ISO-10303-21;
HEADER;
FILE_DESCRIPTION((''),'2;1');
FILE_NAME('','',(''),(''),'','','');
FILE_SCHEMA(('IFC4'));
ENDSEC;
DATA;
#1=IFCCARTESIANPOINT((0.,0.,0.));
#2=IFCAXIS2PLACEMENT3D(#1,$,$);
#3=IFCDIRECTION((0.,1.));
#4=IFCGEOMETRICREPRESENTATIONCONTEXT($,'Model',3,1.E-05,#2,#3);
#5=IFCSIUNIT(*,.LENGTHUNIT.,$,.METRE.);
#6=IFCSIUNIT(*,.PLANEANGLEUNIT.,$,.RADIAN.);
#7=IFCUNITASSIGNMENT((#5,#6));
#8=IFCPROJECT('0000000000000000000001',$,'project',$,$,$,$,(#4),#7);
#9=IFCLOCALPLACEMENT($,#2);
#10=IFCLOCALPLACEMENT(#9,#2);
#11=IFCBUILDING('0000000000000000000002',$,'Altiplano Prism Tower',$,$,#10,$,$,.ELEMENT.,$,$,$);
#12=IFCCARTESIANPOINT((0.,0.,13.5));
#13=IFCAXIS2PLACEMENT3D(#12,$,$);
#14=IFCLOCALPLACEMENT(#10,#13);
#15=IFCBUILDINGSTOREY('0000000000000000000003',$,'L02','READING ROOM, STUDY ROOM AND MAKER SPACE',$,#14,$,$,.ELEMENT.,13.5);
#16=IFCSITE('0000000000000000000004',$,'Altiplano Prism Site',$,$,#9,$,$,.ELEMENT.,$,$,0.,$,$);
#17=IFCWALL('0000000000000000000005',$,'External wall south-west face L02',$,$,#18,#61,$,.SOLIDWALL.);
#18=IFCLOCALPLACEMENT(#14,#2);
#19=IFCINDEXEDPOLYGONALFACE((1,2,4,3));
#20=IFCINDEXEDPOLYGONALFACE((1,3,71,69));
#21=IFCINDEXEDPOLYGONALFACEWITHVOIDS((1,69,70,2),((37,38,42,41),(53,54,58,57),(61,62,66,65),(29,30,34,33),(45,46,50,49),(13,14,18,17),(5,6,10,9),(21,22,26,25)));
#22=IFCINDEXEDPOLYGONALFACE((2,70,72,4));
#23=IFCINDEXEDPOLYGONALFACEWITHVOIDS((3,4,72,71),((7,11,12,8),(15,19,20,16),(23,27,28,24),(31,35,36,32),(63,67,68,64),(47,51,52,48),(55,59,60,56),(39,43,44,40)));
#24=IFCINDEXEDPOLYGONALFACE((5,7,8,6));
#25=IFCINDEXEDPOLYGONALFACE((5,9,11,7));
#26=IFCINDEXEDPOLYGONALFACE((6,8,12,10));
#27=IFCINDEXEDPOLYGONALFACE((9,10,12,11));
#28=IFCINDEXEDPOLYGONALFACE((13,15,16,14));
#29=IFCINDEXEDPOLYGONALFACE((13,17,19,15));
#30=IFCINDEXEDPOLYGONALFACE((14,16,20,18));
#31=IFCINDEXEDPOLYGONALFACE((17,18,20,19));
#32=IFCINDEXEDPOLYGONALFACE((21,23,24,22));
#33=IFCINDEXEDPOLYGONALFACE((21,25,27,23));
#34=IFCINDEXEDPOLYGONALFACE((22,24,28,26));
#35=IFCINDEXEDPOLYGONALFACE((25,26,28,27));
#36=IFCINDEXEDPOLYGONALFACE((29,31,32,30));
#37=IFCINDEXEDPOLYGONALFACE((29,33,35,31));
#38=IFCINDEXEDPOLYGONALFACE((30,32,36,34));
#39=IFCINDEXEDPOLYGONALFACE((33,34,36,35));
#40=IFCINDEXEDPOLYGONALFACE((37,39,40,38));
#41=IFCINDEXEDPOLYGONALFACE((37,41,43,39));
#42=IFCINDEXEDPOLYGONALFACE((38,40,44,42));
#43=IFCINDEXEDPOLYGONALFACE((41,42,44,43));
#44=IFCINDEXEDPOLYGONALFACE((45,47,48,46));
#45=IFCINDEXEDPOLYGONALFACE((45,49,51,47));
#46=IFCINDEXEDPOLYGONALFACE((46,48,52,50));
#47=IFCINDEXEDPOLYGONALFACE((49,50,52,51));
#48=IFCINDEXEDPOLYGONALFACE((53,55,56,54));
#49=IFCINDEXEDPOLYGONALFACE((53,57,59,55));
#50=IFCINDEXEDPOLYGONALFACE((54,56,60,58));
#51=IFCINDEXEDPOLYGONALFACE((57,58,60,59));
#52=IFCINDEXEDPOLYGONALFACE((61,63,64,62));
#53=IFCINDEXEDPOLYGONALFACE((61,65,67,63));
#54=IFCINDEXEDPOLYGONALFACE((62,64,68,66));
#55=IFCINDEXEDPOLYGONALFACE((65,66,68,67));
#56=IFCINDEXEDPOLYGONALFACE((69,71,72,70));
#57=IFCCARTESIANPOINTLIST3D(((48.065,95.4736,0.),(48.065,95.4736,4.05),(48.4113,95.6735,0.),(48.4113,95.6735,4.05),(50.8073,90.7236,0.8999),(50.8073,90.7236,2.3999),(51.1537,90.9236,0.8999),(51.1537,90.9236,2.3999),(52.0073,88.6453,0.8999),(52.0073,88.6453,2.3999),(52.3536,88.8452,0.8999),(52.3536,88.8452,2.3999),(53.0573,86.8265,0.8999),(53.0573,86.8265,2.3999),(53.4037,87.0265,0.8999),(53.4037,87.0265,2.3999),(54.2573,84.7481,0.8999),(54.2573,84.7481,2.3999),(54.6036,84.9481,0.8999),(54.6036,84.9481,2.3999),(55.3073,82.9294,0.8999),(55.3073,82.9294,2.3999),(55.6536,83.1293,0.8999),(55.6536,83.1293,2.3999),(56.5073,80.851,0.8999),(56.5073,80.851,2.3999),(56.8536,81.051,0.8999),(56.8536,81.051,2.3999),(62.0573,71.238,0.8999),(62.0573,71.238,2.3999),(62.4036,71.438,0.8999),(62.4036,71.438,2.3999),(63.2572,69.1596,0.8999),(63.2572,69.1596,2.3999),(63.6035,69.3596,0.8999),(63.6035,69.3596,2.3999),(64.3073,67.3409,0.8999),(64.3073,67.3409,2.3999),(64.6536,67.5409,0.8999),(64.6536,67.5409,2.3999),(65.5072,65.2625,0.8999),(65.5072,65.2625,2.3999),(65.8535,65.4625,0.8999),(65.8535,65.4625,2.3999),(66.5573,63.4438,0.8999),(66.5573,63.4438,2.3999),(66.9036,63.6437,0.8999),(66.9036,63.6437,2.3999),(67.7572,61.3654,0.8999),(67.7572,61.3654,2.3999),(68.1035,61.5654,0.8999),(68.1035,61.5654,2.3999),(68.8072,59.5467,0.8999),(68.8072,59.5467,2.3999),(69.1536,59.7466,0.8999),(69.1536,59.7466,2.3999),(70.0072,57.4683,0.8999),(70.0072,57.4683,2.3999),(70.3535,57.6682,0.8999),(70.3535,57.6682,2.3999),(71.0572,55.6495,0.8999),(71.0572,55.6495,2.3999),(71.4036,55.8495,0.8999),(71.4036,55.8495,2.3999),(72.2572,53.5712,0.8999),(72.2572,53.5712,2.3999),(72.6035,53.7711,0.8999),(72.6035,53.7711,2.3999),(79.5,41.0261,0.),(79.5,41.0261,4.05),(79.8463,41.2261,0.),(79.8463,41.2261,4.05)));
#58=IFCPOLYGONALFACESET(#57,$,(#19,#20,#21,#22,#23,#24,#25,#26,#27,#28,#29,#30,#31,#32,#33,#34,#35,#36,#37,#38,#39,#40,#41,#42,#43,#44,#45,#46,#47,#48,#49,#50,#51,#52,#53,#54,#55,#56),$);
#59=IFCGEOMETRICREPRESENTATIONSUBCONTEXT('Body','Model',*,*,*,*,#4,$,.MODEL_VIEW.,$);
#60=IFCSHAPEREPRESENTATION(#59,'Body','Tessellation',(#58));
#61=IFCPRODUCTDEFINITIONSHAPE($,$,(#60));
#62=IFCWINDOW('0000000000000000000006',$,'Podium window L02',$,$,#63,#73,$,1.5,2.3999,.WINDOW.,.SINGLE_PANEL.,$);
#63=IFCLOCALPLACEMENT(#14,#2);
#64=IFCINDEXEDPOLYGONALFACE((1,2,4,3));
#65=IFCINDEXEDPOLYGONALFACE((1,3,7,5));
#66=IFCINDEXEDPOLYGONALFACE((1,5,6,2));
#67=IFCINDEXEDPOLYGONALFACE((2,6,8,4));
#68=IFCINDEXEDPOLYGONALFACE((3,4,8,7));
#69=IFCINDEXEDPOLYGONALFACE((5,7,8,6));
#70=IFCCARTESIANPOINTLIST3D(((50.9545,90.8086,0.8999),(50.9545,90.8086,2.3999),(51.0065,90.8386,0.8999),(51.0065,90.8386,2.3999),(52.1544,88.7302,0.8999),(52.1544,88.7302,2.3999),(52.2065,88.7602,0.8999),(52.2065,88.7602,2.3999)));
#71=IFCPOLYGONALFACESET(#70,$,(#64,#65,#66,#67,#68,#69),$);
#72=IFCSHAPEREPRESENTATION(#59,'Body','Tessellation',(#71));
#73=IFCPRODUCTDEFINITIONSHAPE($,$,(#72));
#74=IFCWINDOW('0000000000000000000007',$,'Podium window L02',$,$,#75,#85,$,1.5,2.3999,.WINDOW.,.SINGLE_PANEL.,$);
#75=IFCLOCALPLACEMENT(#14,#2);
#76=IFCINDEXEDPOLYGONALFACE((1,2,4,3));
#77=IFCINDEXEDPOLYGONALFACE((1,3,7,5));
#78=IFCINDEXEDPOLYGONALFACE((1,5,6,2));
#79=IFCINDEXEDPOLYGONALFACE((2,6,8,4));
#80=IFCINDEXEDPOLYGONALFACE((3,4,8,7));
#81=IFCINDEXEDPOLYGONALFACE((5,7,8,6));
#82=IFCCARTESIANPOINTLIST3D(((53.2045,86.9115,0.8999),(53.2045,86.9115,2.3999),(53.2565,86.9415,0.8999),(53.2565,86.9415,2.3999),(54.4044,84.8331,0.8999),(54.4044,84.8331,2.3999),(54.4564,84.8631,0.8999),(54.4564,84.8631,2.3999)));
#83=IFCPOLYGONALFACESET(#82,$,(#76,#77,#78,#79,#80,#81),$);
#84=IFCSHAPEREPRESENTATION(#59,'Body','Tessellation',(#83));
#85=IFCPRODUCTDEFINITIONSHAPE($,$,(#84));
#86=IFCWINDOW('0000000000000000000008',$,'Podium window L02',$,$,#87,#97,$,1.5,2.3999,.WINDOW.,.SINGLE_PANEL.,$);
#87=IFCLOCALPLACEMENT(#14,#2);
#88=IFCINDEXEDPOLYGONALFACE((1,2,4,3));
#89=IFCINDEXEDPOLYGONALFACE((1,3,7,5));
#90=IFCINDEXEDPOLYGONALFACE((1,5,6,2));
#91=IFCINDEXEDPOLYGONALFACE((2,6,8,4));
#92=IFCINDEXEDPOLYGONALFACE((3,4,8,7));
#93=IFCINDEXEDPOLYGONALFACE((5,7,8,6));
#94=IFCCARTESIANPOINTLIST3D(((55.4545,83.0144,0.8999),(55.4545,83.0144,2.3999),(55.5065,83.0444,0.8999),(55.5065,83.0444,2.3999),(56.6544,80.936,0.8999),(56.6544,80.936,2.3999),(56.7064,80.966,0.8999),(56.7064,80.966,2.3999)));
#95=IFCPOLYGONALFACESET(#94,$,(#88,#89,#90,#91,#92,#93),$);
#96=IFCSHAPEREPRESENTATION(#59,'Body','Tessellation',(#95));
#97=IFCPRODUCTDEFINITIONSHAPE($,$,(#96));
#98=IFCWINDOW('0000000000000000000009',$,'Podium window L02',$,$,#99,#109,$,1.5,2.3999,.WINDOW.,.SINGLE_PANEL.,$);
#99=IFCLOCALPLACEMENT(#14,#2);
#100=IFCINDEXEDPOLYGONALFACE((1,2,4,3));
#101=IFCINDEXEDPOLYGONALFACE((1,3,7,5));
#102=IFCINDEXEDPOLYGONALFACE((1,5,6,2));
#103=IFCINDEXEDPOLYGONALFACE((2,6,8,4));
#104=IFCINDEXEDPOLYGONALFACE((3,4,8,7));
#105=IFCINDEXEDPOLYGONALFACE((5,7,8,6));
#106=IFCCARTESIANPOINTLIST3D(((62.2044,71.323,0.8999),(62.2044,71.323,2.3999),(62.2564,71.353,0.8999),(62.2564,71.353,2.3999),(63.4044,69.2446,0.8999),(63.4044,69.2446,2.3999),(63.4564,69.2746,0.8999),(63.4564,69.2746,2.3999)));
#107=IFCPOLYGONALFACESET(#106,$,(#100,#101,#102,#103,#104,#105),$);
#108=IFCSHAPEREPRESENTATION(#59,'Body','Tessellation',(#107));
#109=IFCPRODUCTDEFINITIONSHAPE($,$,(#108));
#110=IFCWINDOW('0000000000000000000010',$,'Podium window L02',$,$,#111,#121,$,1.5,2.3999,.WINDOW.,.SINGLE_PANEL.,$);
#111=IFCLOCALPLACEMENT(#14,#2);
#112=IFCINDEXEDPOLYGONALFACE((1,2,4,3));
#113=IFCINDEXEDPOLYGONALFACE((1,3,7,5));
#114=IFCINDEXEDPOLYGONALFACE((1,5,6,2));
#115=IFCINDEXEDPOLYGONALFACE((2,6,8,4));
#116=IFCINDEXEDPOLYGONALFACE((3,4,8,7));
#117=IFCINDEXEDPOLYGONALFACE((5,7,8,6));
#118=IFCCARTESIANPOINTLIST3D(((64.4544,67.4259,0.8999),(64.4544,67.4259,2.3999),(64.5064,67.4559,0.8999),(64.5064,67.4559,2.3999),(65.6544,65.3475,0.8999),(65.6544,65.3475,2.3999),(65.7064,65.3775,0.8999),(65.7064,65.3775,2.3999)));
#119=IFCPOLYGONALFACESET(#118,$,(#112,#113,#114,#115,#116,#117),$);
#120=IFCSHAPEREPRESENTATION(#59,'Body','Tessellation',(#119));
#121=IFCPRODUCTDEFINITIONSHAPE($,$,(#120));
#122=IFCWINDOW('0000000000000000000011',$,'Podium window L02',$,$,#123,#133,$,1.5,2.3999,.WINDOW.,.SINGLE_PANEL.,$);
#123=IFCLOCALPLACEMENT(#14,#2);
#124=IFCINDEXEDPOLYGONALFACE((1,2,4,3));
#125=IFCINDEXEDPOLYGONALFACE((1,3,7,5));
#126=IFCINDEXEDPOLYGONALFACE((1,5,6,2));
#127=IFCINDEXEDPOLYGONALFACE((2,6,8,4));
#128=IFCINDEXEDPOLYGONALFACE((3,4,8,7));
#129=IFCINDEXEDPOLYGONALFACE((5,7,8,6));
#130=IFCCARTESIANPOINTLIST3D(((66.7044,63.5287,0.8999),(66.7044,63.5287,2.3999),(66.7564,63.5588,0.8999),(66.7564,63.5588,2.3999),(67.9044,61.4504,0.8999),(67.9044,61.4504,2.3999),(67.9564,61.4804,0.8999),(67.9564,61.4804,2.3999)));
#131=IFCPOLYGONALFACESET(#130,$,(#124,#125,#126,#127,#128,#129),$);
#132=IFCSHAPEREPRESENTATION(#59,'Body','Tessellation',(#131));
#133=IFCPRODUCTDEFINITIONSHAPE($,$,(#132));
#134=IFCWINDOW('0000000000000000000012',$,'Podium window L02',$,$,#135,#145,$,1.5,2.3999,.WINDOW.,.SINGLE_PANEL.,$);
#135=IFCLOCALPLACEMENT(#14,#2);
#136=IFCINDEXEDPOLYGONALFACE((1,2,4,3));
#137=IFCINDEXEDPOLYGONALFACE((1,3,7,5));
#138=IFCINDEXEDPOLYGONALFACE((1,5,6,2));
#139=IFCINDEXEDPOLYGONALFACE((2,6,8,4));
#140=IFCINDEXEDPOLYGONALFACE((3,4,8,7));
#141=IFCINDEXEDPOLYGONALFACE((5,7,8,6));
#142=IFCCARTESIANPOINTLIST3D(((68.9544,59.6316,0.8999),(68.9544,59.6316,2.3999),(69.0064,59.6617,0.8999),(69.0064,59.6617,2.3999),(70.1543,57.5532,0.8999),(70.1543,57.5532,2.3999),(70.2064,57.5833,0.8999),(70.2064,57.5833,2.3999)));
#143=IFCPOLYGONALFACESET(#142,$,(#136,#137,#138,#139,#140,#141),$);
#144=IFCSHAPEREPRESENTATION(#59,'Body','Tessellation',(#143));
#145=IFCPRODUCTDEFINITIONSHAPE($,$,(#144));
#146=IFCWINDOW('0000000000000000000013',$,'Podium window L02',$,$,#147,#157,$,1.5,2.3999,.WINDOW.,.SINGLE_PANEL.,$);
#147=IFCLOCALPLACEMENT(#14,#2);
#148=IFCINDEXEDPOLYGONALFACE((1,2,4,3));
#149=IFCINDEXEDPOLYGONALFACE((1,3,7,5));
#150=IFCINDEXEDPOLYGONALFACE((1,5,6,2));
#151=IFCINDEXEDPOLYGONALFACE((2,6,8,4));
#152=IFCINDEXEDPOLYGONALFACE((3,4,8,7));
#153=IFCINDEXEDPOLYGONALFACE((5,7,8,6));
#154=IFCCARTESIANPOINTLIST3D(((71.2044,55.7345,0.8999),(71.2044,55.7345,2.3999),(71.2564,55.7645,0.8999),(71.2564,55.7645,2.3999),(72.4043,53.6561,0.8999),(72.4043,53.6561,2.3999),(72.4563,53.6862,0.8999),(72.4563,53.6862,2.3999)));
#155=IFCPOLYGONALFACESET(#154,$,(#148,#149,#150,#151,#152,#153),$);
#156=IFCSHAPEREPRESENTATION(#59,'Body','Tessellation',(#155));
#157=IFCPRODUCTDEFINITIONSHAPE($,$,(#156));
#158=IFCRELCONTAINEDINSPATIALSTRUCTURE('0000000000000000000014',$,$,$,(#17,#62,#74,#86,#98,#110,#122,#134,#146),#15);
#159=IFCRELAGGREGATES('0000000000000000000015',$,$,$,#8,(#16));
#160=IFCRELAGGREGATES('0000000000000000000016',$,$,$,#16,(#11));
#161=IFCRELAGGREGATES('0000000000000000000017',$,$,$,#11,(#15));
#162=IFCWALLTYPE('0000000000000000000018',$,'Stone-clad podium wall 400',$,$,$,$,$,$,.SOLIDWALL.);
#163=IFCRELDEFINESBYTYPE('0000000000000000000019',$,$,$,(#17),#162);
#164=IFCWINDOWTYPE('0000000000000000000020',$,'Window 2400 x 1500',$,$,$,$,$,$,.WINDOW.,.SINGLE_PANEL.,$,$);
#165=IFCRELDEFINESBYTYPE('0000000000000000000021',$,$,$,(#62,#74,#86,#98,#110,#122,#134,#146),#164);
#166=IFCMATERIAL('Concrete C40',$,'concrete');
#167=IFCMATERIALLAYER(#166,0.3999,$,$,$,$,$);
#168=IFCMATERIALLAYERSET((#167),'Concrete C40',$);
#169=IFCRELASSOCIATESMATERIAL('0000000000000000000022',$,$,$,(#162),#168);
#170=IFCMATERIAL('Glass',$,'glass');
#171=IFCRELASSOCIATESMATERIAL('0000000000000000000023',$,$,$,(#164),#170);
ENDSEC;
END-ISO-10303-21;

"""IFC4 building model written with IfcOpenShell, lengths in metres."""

from ifc_helpers import new_model, si_unit, direction, frame, frame_2d, origin, place, context, subcontext, project, spatial, rectangle, extrude, material, layer, layer_set, type_object, element, fill, save


model = new_model("IFC4")

# Units and contexts
model_context = context("Model", 3, precision=1e-05, world=origin(), true_north=direction((0.0, 1.0)))
body_context = subcontext(model_context, "Body", "Model", "MODEL_VIEW")
ifc_project = project(units=[si_unit("LENGTHUNIT", "METRE"), si_unit("PLANEANGLEUNIT", "RADIAN")], contexts=[model_context])

# Site, building, storey
site_placement = place(None, origin())
site = spatial("IfcSite", under=ifc_project, at=site_placement, Name="Altiplano Prism Site", CompositionType="ELEMENT", RefElevation=0.0)
building_placement = place(site_placement, origin())
building = spatial("IfcBuilding", under=site, at=building_placement, Name="Altiplano Prism Tower", CompositionType="ELEMENT")
storey_placement = place(building_placement, frame((0.0, 0.0, 13.5)))
storey = spatial("IfcBuildingStorey", under=building, at=storey_placement, Name="L02", Description="READING ROOM, STUDY ROOM AND MAKER SPACE", CompositionType="ELEMENT", Elevation=13.5)

# Wall, openings, windows
ifc_material_1 = material(Name="Concrete C40", Category="concrete")
ifc_layer_1 = layer(ifc_material_1, 0.3999)
ifc_layer_set_1 = layer_set([ifc_layer_1], Name="Concrete C40")
wall_type_1 = type_object("IfcWallType", Name="Stone-clad podium wall 400", PredefinedType="SOLIDWALL", material=ifc_layer_set_1)
wall_1_placement = place(storey_placement, frame((79.6731, 41.1262, 0.0), z_axis=(0.0, 0.0, 1.0), x_axis=(-0.499997, 0.866027, 0.0)))
wall_1 = element("IfcWall", 1, at=wall_1_placement, inside=storey, type_object=wall_type_1, Name="External wall south-west face L02", PredefinedType="SOLIDWALL", context=body_context, shape_type="SweptSolid", body=[
    extrude(rectangle(XDim=62.8704, YDim=0.3999, at=frame_2d((31.4351, 0.0))), origin(), (0.0, 0.0, 1.0), 4.05),
])
opening_1_placement = place(wall_1_placement, frame((54.9856, 0.0, 0.8999)))
opening_1 = element("IfcOpeningElement", 2, at=opening_1_placement, cuts=wall_1, PredefinedType="OPENING", context=body_context, shape_type="SweptSolid", body=[
    extrude(rectangle(XDim=2.3999, YDim=1.5, at=frame_2d((1.2, 0.75))), frame((0.0, 0.2104, 0.0), z_axis=(0.0, -1.0, 0.0), x_axis=(1.0, 0.0, 0.0)), (0.0, 0.0, 1.0), 0.4209),
])
opening_2_placement = place(wall_1_placement, frame((50.4856, 0.0, 0.8999)))
opening_2 = element("IfcOpeningElement", 3, at=opening_2_placement, cuts=wall_1, PredefinedType="OPENING", context=body_context, shape_type="SweptSolid", body=[
    extrude(rectangle(XDim=2.3999, YDim=1.5, at=frame_2d((1.2, 0.75))), frame((0.0, 0.2104, 0.0), z_axis=(0.0, -1.0, 0.0), x_axis=(1.0, 0.0, 0.0)), (0.0, 0.0, 1.0), 0.4209),
])
opening_3_placement = place(wall_1_placement, frame((45.9856, 0.0, 0.8999)))
opening_3 = element("IfcOpeningElement", 4, at=opening_3_placement, cuts=wall_1, PredefinedType="OPENING", context=body_context, shape_type="SweptSolid", body=[
    extrude(rectangle(XDim=2.3999, YDim=1.5, at=frame_2d((1.2, 0.75))), frame((0.0, 0.2104, 0.0), z_axis=(0.0, -1.0, 0.0), x_axis=(1.0, 0.0, 0.0)), (0.0, 0.0, 1.0), 0.4209),
])
opening_4_placement = place(wall_1_placement, frame((32.4856, 0.0, 0.8999)))
opening_4 = element("IfcOpeningElement", 5, at=opening_4_placement, cuts=wall_1, PredefinedType="OPENING", context=body_context, shape_type="SweptSolid", body=[
    extrude(rectangle(XDim=2.3999, YDim=1.5, at=frame_2d((1.2, 0.75))), frame((0.0, 0.2104, 0.0), z_axis=(0.0, -1.0, 0.0), x_axis=(1.0, 0.0, 0.0)), (0.0, 0.0, 1.0), 0.4209),
])
opening_5_placement = place(wall_1_placement, frame((27.9856, 0.0, 0.8999)))
opening_5 = element("IfcOpeningElement", 6, at=opening_5_placement, cuts=wall_1, PredefinedType="OPENING", context=body_context, shape_type="SweptSolid", body=[
    extrude(rectangle(XDim=2.3999, YDim=1.5, at=frame_2d((1.2, 0.75))), frame((0.0, 0.2104, 0.0), z_axis=(0.0, -1.0, 0.0), x_axis=(1.0, 0.0, 0.0)), (0.0, 0.0, 1.0), 0.4209),
])
opening_6_placement = place(wall_1_placement, frame((23.4856, 0.0, 0.8999)))
opening_6 = element("IfcOpeningElement", 7, at=opening_6_placement, cuts=wall_1, PredefinedType="OPENING", context=body_context, shape_type="SweptSolid", body=[
    extrude(rectangle(XDim=2.3999, YDim=1.5, at=frame_2d((1.2, 0.75))), frame((0.0, 0.2104, 0.0), z_axis=(0.0, -1.0, 0.0), x_axis=(1.0, 0.0, 0.0)), (0.0, 0.0, 1.0), 0.4209),
])
opening_7_placement = place(wall_1_placement, frame((18.9856, 0.0, 0.8999)))
opening_7 = element("IfcOpeningElement", 8, at=opening_7_placement, cuts=wall_1, PredefinedType="OPENING", context=body_context, shape_type="SweptSolid", body=[
    extrude(rectangle(XDim=2.3999, YDim=1.5, at=frame_2d((1.2, 0.75))), frame((0.0, 0.2104, 0.0), z_axis=(0.0, -1.0, 0.0), x_axis=(1.0, 0.0, 0.0)), (0.0, 0.0, 1.0), 0.4209),
])
opening_8_placement = place(wall_1_placement, frame((14.4856, 0.0, 0.8999)))
opening_8 = element("IfcOpeningElement", 9, at=opening_8_placement, cuts=wall_1, PredefinedType="OPENING", context=body_context, shape_type="SweptSolid", body=[
    extrude(rectangle(XDim=2.3999, YDim=1.5, at=frame_2d((1.2, 0.75))), frame((0.0, 0.2104, 0.0), z_axis=(0.0, -1.0, 0.0), x_axis=(1.0, 0.0, 0.0)), (0.0, 0.0, 1.0), 0.4209),
])
ifc_material_2 = material(Name="Glass", Category="glass")
window_type = type_object("IfcWindowType", Name="Window 2400 x 1500", PartitioningType="SINGLE_PANEL", PredefinedType="WINDOW", material=ifc_material_2)
window_1_placement = place(opening_1_placement, origin())
window_1 = element("IfcWindow", 10, at=window_1_placement, inside=storey, type_object=window_type, Name="Podium window L02", OverallHeight=1.5, OverallWidth=2.3999, PartitioningType="SINGLE_PANEL", PredefinedType="WINDOW", context=body_context, shape_type="SweptSolid", body=[
    extrude(rectangle(XDim=2.3999, YDim=1.5, at=frame_2d((1.2, 0.75))), frame((0.0, 0.03, 0.0), z_axis=(0.0, -1.0, 0.0), x_axis=(1.0, 0.0, 0.0)), (0.0, 0.0, 1.0), 0.0601),
])
fill(opening_1, window_1)
window_2_placement = place(opening_2_placement, origin())
window_2 = element("IfcWindow", 11, at=window_2_placement, inside=storey, type_object=window_type, Name="Podium window L02", OverallHeight=1.5, OverallWidth=2.3999, PartitioningType="SINGLE_PANEL", PredefinedType="WINDOW", context=body_context, shape_type="SweptSolid", body=[
    extrude(rectangle(XDim=2.3999, YDim=1.5, at=frame_2d((1.2, 0.75))), frame((0.0, 0.03, 0.0), z_axis=(0.0, -1.0, 0.0), x_axis=(1.0, 0.0, 0.0)), (0.0, 0.0, 1.0), 0.0601),
])
fill(opening_2, window_2)
window_3_placement = place(opening_3_placement, origin())
window_3 = element("IfcWindow", 12, at=window_3_placement, inside=storey, type_object=window_type, Name="Podium window L02", OverallHeight=1.5, OverallWidth=2.3999, PartitioningType="SINGLE_PANEL", PredefinedType="WINDOW", context=body_context, shape_type="SweptSolid", body=[
    extrude(rectangle(XDim=2.3999, YDim=1.5, at=frame_2d((1.2, 0.75))), frame((0.0, 0.03, 0.0), z_axis=(0.0, -1.0, 0.0), x_axis=(1.0, 0.0, 0.0)), (0.0, 0.0, 1.0), 0.0601),
])
fill(opening_3, window_3)
window_4_placement = place(opening_4_placement, origin())
window_4 = element("IfcWindow", 13, at=window_4_placement, inside=storey, type_object=window_type, Name="Podium window L02", OverallHeight=1.5, OverallWidth=2.3999, PartitioningType="SINGLE_PANEL", PredefinedType="WINDOW", context=body_context, shape_type="SweptSolid", body=[
    extrude(rectangle(XDim=2.3999, YDim=1.5, at=frame_2d((1.2, 0.75))), frame((0.0, 0.03, 0.0), z_axis=(0.0, -1.0, 0.0), x_axis=(1.0, 0.0, 0.0)), (0.0, 0.0, 1.0), 0.0601),
])
fill(opening_4, window_4)
window_5_placement = place(opening_5_placement, origin())
window_5 = element("IfcWindow", 14, at=window_5_placement, inside=storey, type_object=window_type, Name="Podium window L02", OverallHeight=1.5, OverallWidth=2.3999, PartitioningType="SINGLE_PANEL", PredefinedType="WINDOW", context=body_context, shape_type="SweptSolid", body=[
    extrude(rectangle(XDim=2.3999, YDim=1.5, at=frame_2d((1.2, 0.75))), frame((0.0, 0.03, 0.0), z_axis=(0.0, -1.0, 0.0), x_axis=(1.0, 0.0, 0.0)), (0.0, 0.0, 1.0), 0.0601),
])
fill(opening_5, window_5)
window_6_placement = place(opening_6_placement, origin())
window_6 = element("IfcWindow", 15, at=window_6_placement, inside=storey, type_object=window_type, Name="Podium window L02", OverallHeight=1.5, OverallWidth=2.3999, PartitioningType="SINGLE_PANEL", PredefinedType="WINDOW", context=body_context, shape_type="SweptSolid", body=[
    extrude(rectangle(XDim=2.3999, YDim=1.5, at=frame_2d((1.2, 0.75))), frame((0.0, 0.03, 0.0), z_axis=(0.0, -1.0, 0.0), x_axis=(1.0, 0.0, 0.0)), (0.0, 0.0, 1.0), 0.0601),
])
fill(opening_6, window_6)
window_7_placement = place(opening_7_placement, origin())
window_7 = element("IfcWindow", 16, at=window_7_placement, inside=storey, type_object=window_type, Name="Podium window L02", OverallHeight=1.5, OverallWidth=2.3999, PartitioningType="SINGLE_PANEL", PredefinedType="WINDOW", context=body_context, shape_type="SweptSolid", body=[
    extrude(rectangle(XDim=2.3999, YDim=1.5, at=frame_2d((1.2, 0.75))), frame((0.0, 0.03, 0.0), z_axis=(0.0, -1.0, 0.0), x_axis=(1.0, 0.0, 0.0)), (0.0, 0.0, 1.0), 0.0601),
])
fill(opening_7, window_7)
window_8_placement = place(opening_8_placement, origin())
window_8 = element("IfcWindow", 17, at=window_8_placement, inside=storey, type_object=window_type, Name="Podium window L02", OverallHeight=1.5, OverallWidth=2.3999, PartitioningType="SINGLE_PANEL", PredefinedType="WINDOW", context=body_context, shape_type="SweptSolid", body=[
    extrude(rectangle(XDim=2.3999, YDim=1.5, at=frame_2d((1.2, 0.75))), frame((0.0, 0.03, 0.0), z_axis=(0.0, -1.0, 0.0), x_axis=(1.0, 0.0, 0.0)), (0.0, 0.0, 1.0), 0.0601),
])
fill(opening_8, window_8)

save(model, "model.ifc")
